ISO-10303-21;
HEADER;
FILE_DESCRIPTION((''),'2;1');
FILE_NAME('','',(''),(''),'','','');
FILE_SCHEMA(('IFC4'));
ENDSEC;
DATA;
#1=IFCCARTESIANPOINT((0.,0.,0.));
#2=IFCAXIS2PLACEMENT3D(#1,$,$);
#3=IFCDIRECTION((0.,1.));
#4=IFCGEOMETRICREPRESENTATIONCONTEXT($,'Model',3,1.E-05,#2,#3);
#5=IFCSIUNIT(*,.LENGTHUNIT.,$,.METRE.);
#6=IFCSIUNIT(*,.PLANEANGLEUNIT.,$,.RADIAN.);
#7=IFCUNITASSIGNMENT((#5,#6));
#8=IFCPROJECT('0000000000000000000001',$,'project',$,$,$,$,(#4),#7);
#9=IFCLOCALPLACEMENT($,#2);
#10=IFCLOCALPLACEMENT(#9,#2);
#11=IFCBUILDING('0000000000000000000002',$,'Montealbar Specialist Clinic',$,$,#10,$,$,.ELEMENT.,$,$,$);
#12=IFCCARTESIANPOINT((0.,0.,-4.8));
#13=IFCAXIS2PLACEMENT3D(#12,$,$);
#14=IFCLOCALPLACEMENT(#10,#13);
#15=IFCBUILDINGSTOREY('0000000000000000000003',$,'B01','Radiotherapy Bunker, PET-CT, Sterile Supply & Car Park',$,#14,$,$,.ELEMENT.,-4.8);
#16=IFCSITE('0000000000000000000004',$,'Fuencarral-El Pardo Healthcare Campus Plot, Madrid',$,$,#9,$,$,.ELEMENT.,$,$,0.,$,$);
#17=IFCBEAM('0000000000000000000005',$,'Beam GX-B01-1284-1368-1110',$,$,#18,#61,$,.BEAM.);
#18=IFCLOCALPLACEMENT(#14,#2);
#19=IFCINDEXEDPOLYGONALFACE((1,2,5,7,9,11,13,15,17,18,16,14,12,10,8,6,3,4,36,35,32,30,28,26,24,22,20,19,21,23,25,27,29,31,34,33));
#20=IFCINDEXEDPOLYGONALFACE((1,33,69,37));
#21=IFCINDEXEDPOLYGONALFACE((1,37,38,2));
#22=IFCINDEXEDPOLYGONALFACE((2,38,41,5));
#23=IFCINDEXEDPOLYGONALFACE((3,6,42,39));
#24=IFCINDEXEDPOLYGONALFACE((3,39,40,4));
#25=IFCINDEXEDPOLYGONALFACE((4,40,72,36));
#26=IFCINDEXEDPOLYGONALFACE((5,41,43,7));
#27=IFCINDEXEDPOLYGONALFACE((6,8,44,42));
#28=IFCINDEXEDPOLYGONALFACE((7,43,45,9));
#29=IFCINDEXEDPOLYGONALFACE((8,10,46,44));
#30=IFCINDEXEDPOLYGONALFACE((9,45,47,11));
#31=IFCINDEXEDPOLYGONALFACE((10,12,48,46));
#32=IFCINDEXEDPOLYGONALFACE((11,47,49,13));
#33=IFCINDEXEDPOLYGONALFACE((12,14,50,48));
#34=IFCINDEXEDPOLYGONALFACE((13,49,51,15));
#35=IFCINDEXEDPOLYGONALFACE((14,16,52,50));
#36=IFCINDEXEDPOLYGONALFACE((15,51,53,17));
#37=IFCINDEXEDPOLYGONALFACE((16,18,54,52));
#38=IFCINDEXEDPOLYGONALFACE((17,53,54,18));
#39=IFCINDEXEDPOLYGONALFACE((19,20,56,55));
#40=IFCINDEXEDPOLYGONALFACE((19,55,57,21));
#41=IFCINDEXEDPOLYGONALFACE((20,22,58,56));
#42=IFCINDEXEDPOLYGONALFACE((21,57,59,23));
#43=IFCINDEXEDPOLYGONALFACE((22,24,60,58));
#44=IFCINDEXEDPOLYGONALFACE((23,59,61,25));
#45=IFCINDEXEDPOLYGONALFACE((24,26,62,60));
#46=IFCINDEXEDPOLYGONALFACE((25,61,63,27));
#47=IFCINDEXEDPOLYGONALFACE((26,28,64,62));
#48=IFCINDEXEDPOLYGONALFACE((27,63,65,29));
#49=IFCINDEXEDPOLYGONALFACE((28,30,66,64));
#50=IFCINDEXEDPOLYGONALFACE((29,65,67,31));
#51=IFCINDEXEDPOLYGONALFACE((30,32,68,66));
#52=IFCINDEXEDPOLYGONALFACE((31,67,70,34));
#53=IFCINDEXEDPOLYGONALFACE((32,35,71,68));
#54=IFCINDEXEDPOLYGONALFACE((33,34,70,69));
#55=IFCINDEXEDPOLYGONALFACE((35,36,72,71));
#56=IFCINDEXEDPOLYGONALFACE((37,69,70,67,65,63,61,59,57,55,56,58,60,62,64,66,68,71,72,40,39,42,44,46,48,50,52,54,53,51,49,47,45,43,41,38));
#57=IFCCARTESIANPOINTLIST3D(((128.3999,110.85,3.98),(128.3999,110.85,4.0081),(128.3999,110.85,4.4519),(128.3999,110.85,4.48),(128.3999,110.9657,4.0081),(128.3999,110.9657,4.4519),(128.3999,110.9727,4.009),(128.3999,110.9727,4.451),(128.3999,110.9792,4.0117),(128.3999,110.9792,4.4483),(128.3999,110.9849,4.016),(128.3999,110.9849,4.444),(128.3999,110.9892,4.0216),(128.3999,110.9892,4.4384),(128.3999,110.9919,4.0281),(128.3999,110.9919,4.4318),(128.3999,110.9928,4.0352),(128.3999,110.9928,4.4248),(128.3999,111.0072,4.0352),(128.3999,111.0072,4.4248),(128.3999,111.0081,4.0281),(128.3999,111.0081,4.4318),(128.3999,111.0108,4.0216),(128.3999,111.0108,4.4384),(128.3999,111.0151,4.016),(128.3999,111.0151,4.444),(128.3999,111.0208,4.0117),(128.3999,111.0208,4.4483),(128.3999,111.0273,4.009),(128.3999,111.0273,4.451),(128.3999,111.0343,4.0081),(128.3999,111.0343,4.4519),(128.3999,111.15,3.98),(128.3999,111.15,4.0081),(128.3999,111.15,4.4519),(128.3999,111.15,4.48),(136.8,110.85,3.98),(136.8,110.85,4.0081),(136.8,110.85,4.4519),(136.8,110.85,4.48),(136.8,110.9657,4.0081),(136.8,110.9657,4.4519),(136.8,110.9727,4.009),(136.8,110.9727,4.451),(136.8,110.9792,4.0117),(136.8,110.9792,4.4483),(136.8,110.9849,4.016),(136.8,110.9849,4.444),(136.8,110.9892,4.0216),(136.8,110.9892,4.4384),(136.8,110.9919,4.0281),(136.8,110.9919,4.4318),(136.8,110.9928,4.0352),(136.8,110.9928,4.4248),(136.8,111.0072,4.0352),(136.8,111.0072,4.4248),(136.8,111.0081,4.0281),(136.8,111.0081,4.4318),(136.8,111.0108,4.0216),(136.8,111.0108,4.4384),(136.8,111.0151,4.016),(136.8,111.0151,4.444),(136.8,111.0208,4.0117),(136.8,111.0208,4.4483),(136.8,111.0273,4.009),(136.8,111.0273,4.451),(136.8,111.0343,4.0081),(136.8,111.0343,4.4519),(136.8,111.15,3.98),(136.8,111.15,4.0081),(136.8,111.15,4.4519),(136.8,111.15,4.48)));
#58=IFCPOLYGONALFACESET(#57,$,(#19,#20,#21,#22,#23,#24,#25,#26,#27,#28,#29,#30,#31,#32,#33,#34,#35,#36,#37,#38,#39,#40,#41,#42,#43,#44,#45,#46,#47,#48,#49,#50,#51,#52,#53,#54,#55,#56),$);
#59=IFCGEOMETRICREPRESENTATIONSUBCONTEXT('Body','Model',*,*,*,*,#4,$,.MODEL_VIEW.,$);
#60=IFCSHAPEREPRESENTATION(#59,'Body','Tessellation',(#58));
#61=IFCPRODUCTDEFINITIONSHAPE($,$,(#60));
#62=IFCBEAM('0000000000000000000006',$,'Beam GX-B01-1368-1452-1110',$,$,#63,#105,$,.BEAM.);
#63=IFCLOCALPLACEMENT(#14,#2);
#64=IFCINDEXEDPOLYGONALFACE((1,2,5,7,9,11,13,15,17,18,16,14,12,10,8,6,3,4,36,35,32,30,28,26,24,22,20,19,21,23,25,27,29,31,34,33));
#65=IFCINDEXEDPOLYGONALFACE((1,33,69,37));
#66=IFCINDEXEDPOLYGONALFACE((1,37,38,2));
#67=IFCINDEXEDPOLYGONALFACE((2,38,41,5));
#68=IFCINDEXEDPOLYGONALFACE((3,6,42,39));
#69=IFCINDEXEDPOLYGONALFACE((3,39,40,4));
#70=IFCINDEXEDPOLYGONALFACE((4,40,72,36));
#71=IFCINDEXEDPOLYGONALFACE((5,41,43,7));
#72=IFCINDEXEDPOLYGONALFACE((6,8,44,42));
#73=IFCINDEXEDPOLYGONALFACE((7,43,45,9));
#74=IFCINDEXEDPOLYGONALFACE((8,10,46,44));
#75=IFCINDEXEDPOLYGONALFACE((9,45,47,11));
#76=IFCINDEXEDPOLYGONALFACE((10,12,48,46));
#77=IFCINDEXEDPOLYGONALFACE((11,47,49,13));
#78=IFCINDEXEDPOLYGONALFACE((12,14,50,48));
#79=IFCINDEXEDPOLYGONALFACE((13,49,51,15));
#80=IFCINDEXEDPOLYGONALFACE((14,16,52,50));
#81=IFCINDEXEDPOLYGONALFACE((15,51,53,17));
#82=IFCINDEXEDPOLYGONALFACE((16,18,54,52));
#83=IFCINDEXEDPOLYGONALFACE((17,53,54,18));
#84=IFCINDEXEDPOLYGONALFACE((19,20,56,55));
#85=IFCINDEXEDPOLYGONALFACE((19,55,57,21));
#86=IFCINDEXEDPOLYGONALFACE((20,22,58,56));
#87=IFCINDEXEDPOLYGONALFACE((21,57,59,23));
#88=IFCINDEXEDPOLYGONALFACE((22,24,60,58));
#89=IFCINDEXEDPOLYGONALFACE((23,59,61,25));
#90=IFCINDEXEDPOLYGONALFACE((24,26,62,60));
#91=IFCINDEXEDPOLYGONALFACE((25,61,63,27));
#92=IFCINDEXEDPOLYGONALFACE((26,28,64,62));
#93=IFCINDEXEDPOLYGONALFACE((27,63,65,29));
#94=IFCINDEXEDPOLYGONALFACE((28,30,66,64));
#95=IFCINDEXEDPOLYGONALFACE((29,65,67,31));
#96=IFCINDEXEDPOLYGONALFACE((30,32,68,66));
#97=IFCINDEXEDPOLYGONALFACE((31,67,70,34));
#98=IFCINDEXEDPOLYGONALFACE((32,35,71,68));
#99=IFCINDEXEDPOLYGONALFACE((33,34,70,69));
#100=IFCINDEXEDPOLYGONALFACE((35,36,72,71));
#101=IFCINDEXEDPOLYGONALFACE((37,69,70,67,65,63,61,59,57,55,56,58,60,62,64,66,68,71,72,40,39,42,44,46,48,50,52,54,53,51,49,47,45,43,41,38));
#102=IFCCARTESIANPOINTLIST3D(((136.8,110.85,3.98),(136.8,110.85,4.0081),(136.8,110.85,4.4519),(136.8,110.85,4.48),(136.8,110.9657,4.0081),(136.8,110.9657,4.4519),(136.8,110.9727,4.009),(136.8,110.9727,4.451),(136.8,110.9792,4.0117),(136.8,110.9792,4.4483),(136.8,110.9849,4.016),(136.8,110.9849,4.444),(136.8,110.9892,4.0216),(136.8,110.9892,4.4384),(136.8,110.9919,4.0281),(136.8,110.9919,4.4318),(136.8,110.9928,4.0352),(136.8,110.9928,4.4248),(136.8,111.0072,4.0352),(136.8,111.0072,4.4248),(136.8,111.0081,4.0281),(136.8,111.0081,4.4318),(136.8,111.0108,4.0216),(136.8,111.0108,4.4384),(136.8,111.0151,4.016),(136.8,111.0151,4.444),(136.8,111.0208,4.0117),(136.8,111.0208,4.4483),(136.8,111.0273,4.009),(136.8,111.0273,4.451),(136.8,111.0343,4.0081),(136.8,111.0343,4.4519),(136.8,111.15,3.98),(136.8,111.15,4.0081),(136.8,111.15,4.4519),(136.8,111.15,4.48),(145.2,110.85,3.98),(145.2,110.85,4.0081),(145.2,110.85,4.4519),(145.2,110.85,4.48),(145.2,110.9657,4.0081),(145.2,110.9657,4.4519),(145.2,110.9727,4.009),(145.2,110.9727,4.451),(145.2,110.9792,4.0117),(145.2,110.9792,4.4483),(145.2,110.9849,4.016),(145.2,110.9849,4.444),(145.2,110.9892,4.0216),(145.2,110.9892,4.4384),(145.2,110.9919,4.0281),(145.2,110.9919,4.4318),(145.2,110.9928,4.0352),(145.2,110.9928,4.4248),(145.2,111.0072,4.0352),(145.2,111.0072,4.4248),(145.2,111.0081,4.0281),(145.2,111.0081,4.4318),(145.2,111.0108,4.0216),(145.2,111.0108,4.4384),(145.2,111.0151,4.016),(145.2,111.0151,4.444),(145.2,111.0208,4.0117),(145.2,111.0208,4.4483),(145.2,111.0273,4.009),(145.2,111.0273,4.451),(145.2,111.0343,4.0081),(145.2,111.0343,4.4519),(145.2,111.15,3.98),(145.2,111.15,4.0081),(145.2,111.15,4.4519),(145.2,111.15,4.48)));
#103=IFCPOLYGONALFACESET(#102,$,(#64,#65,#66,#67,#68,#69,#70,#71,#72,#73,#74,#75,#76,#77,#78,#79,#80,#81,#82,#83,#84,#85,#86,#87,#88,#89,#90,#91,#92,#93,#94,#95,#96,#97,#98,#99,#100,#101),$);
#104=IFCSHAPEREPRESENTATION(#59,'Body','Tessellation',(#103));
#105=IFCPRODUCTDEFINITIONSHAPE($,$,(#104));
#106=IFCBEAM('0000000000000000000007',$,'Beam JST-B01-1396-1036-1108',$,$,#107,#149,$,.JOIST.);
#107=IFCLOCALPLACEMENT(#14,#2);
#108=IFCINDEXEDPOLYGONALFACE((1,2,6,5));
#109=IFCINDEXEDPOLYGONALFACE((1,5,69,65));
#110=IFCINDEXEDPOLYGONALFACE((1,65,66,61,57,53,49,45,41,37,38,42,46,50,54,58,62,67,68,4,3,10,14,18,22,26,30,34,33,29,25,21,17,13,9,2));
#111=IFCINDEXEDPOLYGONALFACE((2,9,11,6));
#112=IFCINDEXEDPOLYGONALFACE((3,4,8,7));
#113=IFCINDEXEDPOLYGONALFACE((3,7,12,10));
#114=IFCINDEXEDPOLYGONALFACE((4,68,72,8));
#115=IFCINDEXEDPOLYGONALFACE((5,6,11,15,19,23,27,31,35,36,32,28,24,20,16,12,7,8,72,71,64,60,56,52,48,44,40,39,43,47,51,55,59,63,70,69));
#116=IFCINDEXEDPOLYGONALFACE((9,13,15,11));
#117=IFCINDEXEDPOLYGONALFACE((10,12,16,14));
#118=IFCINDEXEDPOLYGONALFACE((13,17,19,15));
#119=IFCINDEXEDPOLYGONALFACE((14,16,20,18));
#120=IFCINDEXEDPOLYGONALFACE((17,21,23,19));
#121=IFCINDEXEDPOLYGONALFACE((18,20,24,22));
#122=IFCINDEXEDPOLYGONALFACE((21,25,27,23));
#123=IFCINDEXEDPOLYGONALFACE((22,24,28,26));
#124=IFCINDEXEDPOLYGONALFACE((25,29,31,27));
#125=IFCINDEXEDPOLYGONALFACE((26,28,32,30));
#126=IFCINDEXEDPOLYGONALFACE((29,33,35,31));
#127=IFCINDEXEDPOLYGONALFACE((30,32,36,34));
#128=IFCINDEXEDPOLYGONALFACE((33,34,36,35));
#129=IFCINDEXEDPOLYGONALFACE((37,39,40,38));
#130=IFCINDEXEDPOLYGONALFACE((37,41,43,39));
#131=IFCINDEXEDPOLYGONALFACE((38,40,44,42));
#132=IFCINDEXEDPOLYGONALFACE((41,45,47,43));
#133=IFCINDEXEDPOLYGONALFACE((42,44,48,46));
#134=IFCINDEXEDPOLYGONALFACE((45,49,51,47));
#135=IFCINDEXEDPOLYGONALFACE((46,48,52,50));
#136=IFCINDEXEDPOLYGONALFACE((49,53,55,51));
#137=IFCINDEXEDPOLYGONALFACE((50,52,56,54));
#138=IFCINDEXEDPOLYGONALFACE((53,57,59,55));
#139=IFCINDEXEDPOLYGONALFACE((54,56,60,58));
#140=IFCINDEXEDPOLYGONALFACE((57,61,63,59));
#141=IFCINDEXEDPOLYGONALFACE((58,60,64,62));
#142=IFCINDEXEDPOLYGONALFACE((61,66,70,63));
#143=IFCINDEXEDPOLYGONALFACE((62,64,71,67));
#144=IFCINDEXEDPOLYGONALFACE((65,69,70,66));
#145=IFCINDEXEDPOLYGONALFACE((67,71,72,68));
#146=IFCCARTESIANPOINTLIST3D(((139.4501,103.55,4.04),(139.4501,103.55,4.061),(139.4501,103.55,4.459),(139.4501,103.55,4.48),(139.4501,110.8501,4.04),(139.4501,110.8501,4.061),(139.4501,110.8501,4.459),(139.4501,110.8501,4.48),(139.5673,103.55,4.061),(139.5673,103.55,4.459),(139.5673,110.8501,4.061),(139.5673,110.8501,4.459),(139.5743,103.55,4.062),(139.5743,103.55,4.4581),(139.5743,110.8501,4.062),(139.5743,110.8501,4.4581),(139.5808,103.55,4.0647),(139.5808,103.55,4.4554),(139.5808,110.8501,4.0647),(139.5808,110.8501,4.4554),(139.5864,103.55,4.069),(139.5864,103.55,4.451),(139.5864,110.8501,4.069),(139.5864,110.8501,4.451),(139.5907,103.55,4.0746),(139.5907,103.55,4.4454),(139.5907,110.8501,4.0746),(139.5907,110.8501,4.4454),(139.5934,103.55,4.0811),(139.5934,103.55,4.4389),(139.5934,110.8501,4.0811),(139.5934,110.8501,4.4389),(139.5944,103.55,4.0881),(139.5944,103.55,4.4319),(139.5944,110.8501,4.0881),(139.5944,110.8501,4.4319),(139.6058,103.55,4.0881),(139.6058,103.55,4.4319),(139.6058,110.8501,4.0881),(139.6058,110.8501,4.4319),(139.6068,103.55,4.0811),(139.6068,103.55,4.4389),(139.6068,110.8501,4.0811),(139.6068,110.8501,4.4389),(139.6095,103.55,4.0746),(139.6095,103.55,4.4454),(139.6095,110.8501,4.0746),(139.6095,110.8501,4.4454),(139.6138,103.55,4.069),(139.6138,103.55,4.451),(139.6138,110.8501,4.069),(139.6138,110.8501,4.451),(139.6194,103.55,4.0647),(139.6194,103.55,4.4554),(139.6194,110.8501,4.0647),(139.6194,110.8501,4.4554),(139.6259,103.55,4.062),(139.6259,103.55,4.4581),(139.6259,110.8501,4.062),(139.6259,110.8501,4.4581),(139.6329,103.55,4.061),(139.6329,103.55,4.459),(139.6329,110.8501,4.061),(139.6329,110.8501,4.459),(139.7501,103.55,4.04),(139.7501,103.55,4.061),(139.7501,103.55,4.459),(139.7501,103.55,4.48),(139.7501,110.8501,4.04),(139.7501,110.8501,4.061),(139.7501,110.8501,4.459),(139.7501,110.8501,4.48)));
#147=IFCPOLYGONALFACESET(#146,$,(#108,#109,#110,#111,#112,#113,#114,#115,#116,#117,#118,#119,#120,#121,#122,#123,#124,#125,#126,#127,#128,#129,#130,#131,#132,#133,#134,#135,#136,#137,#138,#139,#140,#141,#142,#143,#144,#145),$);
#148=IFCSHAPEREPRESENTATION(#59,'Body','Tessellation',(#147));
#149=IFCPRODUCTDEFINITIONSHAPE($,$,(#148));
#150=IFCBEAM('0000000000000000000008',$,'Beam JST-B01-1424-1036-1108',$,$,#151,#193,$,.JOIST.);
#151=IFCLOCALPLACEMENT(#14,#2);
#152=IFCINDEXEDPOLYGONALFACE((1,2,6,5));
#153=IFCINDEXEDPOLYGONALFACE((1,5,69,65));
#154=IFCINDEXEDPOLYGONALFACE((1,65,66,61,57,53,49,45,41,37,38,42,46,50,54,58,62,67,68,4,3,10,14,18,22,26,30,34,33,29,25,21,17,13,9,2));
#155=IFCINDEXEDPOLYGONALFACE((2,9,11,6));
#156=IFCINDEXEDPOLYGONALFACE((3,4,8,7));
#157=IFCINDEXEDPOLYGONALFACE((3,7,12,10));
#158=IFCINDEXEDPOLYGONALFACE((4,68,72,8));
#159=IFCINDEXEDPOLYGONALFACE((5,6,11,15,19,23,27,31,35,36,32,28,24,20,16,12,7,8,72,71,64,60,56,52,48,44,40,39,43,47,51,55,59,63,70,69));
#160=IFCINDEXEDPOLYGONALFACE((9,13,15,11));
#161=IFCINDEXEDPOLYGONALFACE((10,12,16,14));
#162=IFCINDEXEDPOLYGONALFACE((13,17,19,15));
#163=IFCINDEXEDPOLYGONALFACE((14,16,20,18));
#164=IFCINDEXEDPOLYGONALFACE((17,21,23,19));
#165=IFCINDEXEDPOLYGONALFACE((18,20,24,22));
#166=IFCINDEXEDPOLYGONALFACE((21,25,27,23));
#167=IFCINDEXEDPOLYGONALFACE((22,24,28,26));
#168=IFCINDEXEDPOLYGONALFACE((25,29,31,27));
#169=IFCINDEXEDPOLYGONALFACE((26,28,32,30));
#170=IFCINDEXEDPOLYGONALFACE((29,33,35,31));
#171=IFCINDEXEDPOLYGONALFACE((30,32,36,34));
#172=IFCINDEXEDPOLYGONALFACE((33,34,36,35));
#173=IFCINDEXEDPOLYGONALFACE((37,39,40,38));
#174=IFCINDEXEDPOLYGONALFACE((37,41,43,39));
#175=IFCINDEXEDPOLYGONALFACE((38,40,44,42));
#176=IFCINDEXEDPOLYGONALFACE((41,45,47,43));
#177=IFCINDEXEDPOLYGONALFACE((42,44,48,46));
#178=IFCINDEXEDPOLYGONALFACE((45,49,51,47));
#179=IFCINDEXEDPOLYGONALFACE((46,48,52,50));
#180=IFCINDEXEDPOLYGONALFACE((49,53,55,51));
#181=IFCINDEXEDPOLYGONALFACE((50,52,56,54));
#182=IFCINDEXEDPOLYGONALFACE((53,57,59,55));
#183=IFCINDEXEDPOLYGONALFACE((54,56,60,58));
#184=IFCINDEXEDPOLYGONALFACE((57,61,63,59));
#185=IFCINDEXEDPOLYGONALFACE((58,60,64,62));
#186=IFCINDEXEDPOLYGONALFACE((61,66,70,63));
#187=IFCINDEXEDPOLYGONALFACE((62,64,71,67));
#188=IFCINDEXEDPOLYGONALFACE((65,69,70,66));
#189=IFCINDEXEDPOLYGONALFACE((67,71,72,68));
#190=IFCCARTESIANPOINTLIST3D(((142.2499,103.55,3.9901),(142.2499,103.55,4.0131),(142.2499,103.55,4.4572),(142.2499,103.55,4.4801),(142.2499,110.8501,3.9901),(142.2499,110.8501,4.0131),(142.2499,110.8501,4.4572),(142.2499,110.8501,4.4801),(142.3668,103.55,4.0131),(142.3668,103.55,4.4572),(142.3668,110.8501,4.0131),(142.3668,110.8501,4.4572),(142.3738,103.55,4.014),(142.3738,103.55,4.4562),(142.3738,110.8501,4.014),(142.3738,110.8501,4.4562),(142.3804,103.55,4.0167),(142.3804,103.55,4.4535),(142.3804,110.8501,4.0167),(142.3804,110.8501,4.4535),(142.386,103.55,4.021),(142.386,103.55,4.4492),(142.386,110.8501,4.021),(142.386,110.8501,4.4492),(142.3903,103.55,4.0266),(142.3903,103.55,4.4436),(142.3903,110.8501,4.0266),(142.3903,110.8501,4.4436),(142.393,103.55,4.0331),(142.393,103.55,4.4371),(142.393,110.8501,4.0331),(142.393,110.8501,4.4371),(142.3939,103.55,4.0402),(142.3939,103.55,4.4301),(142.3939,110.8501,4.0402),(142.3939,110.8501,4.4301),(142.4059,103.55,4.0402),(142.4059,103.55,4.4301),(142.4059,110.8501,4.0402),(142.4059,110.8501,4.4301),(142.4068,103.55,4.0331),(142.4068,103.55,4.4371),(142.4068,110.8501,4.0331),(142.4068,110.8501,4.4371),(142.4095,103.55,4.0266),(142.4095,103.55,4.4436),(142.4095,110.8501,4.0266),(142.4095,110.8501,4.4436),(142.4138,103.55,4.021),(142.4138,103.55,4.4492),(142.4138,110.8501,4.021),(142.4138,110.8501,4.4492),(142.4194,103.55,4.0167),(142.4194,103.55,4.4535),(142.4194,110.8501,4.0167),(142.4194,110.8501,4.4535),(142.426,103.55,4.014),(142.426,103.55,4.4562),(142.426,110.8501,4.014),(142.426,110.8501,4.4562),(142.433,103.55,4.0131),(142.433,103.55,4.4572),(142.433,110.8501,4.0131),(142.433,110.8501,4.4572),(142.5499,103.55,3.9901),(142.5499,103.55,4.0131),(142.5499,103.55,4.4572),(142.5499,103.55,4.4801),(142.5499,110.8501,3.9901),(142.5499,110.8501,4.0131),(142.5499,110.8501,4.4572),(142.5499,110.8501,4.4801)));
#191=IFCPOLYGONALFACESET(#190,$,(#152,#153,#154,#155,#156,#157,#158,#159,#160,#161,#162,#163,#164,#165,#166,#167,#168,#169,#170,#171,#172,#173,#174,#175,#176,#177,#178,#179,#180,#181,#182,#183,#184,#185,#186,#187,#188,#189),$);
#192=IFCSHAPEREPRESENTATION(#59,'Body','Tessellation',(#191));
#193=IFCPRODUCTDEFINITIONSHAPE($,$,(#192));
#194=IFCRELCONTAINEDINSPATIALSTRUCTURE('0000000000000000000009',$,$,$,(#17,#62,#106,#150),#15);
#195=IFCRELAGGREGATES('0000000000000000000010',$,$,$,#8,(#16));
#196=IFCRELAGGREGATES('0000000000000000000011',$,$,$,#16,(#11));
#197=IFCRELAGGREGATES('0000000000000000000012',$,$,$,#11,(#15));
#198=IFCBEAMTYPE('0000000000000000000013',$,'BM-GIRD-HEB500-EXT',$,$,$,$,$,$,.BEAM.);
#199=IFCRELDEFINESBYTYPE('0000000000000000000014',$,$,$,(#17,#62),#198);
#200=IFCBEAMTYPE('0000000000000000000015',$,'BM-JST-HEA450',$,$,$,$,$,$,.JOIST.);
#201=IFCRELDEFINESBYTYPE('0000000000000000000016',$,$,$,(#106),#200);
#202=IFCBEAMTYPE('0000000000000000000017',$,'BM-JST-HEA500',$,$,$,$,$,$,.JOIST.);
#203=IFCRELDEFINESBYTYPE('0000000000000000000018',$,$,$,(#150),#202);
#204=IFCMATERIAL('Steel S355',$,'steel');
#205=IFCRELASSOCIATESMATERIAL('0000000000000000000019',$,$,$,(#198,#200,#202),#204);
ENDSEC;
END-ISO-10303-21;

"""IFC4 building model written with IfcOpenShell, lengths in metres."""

from ifc_helpers import new_model, si_unit, direction, frame, origin, origin_2d, place, context, subcontext, project, spatial, i_section, extrude, material, material_profile, profile_set, type_object, element, save


model = new_model("IFC4")

# Units and contexts
model_context = context("Model", 3, precision=1e-05, world=origin(), true_north=direction((0.0, 1.0)))
body_context = subcontext(model_context, "Body", "Model", "MODEL_VIEW")
ifc_project = project(units=[si_unit("LENGTHUNIT", "METRE"), si_unit("PLANEANGLEUNIT", "RADIAN")], contexts=[model_context])

# Site, building, storey
site_placement = place(None, origin())
site = spatial("IfcSite", under=ifc_project, at=site_placement, Name="Fuencarral-El Pardo Healthcare Campus Plot, Madrid", CompositionType="ELEMENT", RefElevation=0.0)
building_placement = place(site_placement, origin())
building = spatial("IfcBuilding", under=site, at=building_placement, Name="Montealbar Specialist Clinic", CompositionType="ELEMENT")
storey_placement = place(building_placement, frame((0.0, 0.0, -4.8)))
storey = spatial("IfcBuildingStorey", under=building, at=storey_placement, Name="B01", Description="Radiotherapy Bunker, PET-CT, Sterile Supply & Car Park", CompositionType="ELEMENT", Elevation=-4.8)

# Shared definitions
ifc_material_1 = material(Name="Steel S355", Category="steel")

# Beams
ifc_material_profile_1 = material_profile(ifc_material_1, i_section(OverallWidth=0.3, OverallDepth=0.5, WebThickness=0.0144, FlangeThickness=0.0281, FilletRadius=0.0271, at=origin_2d()), Name="HEB 500", Category="steel")
ifc_profile_set_1 = profile_set([ifc_material_profile_1], Name="Steel S355")
beam_type_1 = type_object("IfcBeamType", Name="BM-GIRD-HEB500-EXT", PredefinedType="BEAM", material=ifc_profile_set_1)
beam_1_placement = place(storey_placement, frame((128.3999, 111.0, 4.23), z_axis=(1.0, 0.0, 0.0), x_axis=(0.0, 1.0, 0.0)))
element("IfcBeam", 1, at=beam_1_placement, inside=storey, type_object=beam_type_1, Name="Beam GX-B01-1284-1368-1110", PredefinedType="BEAM", context=body_context, shape_type="SweptSolid", body=[
    extrude(i_section(OverallWidth=0.3, OverallDepth=0.5, WebThickness=0.0144, FlangeThickness=0.0281, FilletRadius=0.0271, at=origin_2d()), origin(), (0.0, 0.0, 1.0), 8.4001),
])
beam_2_placement = place(storey_placement, frame((136.8, 111.0, 4.23), z_axis=(1.0, 0.0, 0.0), x_axis=(0.0, 1.0, 0.0)))
element("IfcBeam", 2, at=beam_2_placement, inside=storey, type_object=beam_type_1, Name="Beam GX-B01-1368-1452-1110", PredefinedType="BEAM", context=body_context, shape_type="SweptSolid", body=[
    extrude(i_section(OverallWidth=0.3, OverallDepth=0.5, WebThickness=0.0144, FlangeThickness=0.0281, FilletRadius=0.0271, at=origin_2d()), origin(), (0.0, 0.0, 1.0), 8.3999),
])
ifc_material_profile_2 = material_profile(ifc_material_1, i_section(OverallWidth=0.3, OverallDepth=0.4399, WebThickness=0.0115, FlangeThickness=0.021, FilletRadius=0.0271, at=origin_2d()), Name="HEA 450", Category="steel")
ifc_profile_set_2 = profile_set([ifc_material_profile_2], Name="Steel S355")
beam_type_2 = type_object("IfcBeamType", Name="BM-JST-HEA450", PredefinedType="JOIST", material=ifc_profile_set_2)
beam_3_placement = place(storey_placement, frame((139.6001, 103.55, 4.26), z_axis=(0.0, 1.0, 0.0), x_axis=(-1.0, 0.0, 0.0)))
element("IfcBeam", 3, at=beam_3_placement, inside=storey, type_object=beam_type_2, Name="Beam JST-B01-1396-1036-1108", PredefinedType="JOIST", context=body_context, shape_type="SweptSolid", body=[
    extrude(i_section(OverallWidth=0.3, OverallDepth=0.4399, WebThickness=0.0115, FlangeThickness=0.021, FilletRadius=0.0271, at=origin_2d()), origin(), (0.0, 0.0, 1.0), 7.3),
])
ifc_material_profile_3 = material_profile(ifc_material_1, i_section(OverallWidth=0.3, OverallDepth=0.49, WebThickness=0.012, FlangeThickness=0.0229, FilletRadius=0.0271, at=origin_2d()), Name="HEA 500", Category="steel")
ifc_profile_set_3 = profile_set([ifc_material_profile_3], Name="Steel S355")
beam_type_3 = type_object("IfcBeamType", Name="BM-JST-HEA500", PredefinedType="JOIST", material=ifc_profile_set_3)
beam_4_placement = place(storey_placement, frame((142.3999, 103.55, 4.2351), z_axis=(0.0, 1.0, 0.0), x_axis=(-1.0, 0.0, 0.0)))
element("IfcBeam", 4, at=beam_4_placement, inside=storey, type_object=beam_type_3, Name="Beam JST-B01-1424-1036-1108", PredefinedType="JOIST", context=body_context, shape_type="SweptSolid", body=[
    extrude(i_section(OverallWidth=0.3, OverallDepth=0.49, WebThickness=0.012, FlangeThickness=0.0229, FilletRadius=0.0271, at=origin_2d()), origin(), (0.0, 0.0, 1.0), 7.3),
])

save(model, "model.ifc")
